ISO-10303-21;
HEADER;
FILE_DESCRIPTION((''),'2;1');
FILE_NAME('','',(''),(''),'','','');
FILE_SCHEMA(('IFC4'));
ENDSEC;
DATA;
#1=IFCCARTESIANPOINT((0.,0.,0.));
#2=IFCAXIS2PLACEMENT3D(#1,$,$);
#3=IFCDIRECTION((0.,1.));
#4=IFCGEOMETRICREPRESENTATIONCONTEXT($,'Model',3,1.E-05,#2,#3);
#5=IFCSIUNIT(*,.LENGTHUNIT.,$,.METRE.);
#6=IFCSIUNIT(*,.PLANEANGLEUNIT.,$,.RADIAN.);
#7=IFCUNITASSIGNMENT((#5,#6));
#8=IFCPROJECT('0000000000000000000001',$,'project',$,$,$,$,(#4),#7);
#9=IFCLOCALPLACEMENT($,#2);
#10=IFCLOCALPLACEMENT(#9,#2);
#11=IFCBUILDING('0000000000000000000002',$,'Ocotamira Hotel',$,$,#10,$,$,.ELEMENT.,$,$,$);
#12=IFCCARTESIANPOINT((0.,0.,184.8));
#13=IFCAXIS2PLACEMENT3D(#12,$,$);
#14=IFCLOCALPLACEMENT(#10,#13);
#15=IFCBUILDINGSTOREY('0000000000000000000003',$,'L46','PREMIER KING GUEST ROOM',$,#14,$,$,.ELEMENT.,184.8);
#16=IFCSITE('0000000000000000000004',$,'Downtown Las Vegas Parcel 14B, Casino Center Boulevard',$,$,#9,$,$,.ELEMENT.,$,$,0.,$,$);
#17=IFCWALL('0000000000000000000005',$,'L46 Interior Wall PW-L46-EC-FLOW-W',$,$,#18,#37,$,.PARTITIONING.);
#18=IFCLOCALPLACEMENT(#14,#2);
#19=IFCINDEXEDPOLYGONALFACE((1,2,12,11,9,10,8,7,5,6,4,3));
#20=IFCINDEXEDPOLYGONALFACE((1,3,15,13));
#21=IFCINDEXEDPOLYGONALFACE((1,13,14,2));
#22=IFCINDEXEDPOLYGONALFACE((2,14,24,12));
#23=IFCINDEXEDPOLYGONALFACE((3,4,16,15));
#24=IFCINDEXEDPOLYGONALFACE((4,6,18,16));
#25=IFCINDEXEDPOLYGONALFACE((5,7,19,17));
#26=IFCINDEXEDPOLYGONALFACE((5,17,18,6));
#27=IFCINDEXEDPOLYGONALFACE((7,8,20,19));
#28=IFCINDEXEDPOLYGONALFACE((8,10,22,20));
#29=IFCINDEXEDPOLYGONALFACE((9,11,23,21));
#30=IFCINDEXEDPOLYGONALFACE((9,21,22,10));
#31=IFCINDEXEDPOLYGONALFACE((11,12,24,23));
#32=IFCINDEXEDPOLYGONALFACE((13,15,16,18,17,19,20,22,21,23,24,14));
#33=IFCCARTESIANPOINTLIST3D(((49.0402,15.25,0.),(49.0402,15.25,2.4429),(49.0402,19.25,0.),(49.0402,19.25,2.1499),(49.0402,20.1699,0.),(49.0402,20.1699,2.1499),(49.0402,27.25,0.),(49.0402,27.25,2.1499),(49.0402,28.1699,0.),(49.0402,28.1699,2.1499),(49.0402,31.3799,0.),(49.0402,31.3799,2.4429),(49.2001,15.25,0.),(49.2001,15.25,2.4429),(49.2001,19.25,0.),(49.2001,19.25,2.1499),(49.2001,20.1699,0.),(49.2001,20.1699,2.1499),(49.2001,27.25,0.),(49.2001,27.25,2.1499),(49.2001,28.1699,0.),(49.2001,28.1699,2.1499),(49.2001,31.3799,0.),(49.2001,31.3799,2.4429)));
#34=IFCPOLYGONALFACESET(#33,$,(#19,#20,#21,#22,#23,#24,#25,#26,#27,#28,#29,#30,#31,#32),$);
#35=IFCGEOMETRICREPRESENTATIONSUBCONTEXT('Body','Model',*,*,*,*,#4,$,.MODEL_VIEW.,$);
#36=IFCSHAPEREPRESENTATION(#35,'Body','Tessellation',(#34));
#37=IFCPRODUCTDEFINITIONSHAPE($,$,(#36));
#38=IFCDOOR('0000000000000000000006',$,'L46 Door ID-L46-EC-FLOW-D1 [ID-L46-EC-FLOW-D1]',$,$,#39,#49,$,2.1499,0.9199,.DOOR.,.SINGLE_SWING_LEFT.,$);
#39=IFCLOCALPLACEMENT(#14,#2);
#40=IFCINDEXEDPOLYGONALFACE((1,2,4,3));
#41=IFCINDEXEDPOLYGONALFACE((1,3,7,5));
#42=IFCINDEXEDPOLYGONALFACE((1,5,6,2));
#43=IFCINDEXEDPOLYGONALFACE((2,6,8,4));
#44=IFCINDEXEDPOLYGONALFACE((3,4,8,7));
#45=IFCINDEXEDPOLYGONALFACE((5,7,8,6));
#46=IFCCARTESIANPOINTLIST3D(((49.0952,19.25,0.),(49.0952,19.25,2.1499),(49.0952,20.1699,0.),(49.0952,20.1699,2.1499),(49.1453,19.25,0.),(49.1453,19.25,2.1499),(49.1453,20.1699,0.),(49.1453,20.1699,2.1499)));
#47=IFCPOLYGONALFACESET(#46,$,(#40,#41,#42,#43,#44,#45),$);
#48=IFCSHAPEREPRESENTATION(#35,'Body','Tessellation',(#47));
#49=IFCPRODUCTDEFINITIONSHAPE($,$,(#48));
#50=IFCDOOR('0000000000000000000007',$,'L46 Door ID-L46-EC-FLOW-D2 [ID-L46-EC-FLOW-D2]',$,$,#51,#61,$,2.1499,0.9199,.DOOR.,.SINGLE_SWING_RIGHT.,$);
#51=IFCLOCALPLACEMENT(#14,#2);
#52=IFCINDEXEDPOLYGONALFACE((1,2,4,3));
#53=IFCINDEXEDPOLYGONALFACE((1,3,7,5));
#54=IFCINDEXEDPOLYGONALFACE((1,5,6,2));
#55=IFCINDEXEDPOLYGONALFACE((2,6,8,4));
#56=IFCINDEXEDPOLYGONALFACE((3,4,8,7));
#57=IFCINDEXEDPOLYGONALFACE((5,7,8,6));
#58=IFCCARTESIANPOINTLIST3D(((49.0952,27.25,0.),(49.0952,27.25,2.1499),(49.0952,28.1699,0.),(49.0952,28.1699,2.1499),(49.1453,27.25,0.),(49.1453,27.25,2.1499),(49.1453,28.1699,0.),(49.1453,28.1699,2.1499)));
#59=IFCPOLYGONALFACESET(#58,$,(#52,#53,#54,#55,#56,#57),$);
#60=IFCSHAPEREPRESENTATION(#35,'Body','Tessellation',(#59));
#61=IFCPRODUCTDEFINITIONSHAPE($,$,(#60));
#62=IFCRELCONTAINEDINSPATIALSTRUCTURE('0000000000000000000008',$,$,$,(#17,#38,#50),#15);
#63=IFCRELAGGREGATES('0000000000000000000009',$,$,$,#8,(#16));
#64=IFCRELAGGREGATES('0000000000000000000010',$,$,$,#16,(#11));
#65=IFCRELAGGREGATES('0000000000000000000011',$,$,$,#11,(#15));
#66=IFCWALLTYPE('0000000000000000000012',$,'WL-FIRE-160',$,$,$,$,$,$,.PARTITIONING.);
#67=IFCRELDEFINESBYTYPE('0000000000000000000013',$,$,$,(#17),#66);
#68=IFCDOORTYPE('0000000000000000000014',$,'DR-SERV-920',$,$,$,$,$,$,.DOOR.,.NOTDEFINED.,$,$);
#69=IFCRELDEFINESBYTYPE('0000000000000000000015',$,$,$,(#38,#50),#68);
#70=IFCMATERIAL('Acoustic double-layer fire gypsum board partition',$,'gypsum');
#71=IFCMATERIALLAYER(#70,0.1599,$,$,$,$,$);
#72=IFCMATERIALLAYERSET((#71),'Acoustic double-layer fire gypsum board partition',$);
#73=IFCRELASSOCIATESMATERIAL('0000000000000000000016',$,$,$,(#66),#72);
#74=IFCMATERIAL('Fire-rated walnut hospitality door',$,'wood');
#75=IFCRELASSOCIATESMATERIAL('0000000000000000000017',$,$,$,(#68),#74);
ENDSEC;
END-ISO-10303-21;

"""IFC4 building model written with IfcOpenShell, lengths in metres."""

from ifc_helpers import new_model, si_unit, direction, frame, frame_2d, origin, place, context, subcontext, project, spatial, rectangle, extrude, source, transform, mapped, material, layer, layer_set, type_object, element, fill, save


model = new_model("IFC4")

# Units and contexts
model_context = context("Model", 3, precision=1e-05, world=origin(), true_north=direction((0.0, 1.0)))
body_context = subcontext(model_context, "Body", "Model", "MODEL_VIEW")
ifc_project = project(units=[si_unit("LENGTHUNIT", "METRE"), si_unit("PLANEANGLEUNIT", "RADIAN")], contexts=[model_context])

# Site, building, storey
site_placement = place(None, origin())
site = spatial("IfcSite", under=ifc_project, at=site_placement, Name="Downtown Las Vegas Parcel 14B, Casino Center Boulevard", CompositionType="ELEMENT", RefElevation=0.0)
building_placement = place(site_placement, origin())
building = spatial("IfcBuilding", under=site, at=building_placement, Name="Ocotamira Hotel", CompositionType="ELEMENT")
storey_placement = place(building_placement, frame((0.0, 0.0, 184.8)))
storey = spatial("IfcBuildingStorey", under=building, at=storey_placement, Name="L46", Description="PREMIER KING GUEST ROOM", CompositionType="ELEMENT", Elevation=184.8)

# Wall, openings, doors
ifc_material_1 = material(Name="Acoustic double-layer fire gypsum board partition", Category="gypsum")
ifc_layer_1 = layer(ifc_material_1, 0.1599)
ifc_layer_set_1 = layer_set([ifc_layer_1], Name="Acoustic double-layer fire gypsum board partition")
wall_type_1 = type_object("IfcWallType", Name="WL-FIRE-160", PredefinedType="PARTITIONING", material=ifc_layer_set_1)
wall_1_placement = place(storey_placement, frame((49.1201, 15.25, 0.0), z_axis=(0.0, 0.0, 1.0), x_axis=(0.0, 1.0, 0.0)))
wall_1 = element("IfcWall", 1, at=wall_1_placement, inside=storey, type_object=wall_type_1, Name="L46 Interior Wall PW-L46-EC-FLOW-W", PredefinedType="PARTITIONING", context=body_context, shape_type="SweptSolid", body=[
    extrude(rectangle(XDim=16.1299, YDim=0.1599, at=frame_2d((8.0649, 0.0))), origin(), (0.0, 0.0, 1.0), 2.4429),
])
opening_1_placement = place(wall_1_placement, frame((4.0, 0.0, 0.0)))
opening_1 = element("IfcOpeningElement", 2, at=opening_1_placement, cuts=wall_1, PredefinedType="OPENING", context=body_context, shape_type="SweptSolid", body=[
    extrude(rectangle(XDim=0.9199, YDim=2.1499, at=frame_2d((0.46, 1.075))), frame((0.0, 0.0898, 0.0), z_axis=(0.0, -1.0, 0.0), x_axis=(1.0, 0.0, 0.0)), (0.0, 0.0, 1.0), 0.1799),
])
opening_2_placement = place(wall_1_placement, frame((12.0, 0.0, 0.0)))
opening_2 = element("IfcOpeningElement", 3, at=opening_2_placement, cuts=wall_1, PredefinedType="OPENING", context=body_context, shape_type="SweptSolid", body=[
    extrude(rectangle(XDim=0.9199, YDim=2.1499, at=frame_2d((0.46, 1.075))), frame((0.0, 0.0898, 0.0), z_axis=(0.0, -1.0, 0.0), x_axis=(1.0, 0.0, 0.0)), (0.0, 0.0, 1.0), 0.1799),
])
ifc_material_2 = material(Name="Fire-rated walnut hospitality door", Category="wood")
door_type_1 = type_object("IfcDoorType", Name="DR-SERV-920", OperationType="NOTDEFINED", PredefinedType="DOOR", material=ifc_material_2)
shared_shape_1 = source(origin(), body_context, "Body", "SweptSolid", [
    extrude(rectangle(XDim=0.9199, YDim=2.1499, at=frame_2d((0.46, 1.075))), frame((0.0, 0.0249, 0.0), z_axis=(0.0, -1.0, 0.0), x_axis=(1.0, 0.0, 0.0)), (0.0, 0.0, 1.0), 0.05),
])
door_1_placement = place(opening_1_placement, origin())
door_1 = element("IfcDoor", 4, at=door_1_placement, inside=storey, type_object=door_type_1, Name="L46 Door ID-L46-EC-FLOW-D1 [ID-L46-EC-FLOW-D1]", OperationType="SINGLE_SWING_LEFT", OverallHeight=2.1499, OverallWidth=0.9199, PredefinedType="DOOR", context=body_context, shape_type="MappedRepresentation", body=[
    mapped(shared_shape_1, transform((0.0, 0.0, 0.0), scale=1.0)),
])
fill(opening_1, door_1)
door_2_placement = place(opening_2_placement, origin())
door_2 = element("IfcDoor", 5, at=door_2_placement, inside=storey, type_object=door_type_1, Name="L46 Door ID-L46-EC-FLOW-D2 [ID-L46-EC-FLOW-D2]", OperationType="SINGLE_SWING_RIGHT", OverallHeight=2.1499, OverallWidth=0.9199, PredefinedType="DOOR", context=body_context, shape_type="MappedRepresentation", body=[
    mapped(shared_shape_1, transform((0.0, 0.0, 0.0), scale=1.0)),
])
fill(opening_2, door_2)

save(model, "model.ifc")
